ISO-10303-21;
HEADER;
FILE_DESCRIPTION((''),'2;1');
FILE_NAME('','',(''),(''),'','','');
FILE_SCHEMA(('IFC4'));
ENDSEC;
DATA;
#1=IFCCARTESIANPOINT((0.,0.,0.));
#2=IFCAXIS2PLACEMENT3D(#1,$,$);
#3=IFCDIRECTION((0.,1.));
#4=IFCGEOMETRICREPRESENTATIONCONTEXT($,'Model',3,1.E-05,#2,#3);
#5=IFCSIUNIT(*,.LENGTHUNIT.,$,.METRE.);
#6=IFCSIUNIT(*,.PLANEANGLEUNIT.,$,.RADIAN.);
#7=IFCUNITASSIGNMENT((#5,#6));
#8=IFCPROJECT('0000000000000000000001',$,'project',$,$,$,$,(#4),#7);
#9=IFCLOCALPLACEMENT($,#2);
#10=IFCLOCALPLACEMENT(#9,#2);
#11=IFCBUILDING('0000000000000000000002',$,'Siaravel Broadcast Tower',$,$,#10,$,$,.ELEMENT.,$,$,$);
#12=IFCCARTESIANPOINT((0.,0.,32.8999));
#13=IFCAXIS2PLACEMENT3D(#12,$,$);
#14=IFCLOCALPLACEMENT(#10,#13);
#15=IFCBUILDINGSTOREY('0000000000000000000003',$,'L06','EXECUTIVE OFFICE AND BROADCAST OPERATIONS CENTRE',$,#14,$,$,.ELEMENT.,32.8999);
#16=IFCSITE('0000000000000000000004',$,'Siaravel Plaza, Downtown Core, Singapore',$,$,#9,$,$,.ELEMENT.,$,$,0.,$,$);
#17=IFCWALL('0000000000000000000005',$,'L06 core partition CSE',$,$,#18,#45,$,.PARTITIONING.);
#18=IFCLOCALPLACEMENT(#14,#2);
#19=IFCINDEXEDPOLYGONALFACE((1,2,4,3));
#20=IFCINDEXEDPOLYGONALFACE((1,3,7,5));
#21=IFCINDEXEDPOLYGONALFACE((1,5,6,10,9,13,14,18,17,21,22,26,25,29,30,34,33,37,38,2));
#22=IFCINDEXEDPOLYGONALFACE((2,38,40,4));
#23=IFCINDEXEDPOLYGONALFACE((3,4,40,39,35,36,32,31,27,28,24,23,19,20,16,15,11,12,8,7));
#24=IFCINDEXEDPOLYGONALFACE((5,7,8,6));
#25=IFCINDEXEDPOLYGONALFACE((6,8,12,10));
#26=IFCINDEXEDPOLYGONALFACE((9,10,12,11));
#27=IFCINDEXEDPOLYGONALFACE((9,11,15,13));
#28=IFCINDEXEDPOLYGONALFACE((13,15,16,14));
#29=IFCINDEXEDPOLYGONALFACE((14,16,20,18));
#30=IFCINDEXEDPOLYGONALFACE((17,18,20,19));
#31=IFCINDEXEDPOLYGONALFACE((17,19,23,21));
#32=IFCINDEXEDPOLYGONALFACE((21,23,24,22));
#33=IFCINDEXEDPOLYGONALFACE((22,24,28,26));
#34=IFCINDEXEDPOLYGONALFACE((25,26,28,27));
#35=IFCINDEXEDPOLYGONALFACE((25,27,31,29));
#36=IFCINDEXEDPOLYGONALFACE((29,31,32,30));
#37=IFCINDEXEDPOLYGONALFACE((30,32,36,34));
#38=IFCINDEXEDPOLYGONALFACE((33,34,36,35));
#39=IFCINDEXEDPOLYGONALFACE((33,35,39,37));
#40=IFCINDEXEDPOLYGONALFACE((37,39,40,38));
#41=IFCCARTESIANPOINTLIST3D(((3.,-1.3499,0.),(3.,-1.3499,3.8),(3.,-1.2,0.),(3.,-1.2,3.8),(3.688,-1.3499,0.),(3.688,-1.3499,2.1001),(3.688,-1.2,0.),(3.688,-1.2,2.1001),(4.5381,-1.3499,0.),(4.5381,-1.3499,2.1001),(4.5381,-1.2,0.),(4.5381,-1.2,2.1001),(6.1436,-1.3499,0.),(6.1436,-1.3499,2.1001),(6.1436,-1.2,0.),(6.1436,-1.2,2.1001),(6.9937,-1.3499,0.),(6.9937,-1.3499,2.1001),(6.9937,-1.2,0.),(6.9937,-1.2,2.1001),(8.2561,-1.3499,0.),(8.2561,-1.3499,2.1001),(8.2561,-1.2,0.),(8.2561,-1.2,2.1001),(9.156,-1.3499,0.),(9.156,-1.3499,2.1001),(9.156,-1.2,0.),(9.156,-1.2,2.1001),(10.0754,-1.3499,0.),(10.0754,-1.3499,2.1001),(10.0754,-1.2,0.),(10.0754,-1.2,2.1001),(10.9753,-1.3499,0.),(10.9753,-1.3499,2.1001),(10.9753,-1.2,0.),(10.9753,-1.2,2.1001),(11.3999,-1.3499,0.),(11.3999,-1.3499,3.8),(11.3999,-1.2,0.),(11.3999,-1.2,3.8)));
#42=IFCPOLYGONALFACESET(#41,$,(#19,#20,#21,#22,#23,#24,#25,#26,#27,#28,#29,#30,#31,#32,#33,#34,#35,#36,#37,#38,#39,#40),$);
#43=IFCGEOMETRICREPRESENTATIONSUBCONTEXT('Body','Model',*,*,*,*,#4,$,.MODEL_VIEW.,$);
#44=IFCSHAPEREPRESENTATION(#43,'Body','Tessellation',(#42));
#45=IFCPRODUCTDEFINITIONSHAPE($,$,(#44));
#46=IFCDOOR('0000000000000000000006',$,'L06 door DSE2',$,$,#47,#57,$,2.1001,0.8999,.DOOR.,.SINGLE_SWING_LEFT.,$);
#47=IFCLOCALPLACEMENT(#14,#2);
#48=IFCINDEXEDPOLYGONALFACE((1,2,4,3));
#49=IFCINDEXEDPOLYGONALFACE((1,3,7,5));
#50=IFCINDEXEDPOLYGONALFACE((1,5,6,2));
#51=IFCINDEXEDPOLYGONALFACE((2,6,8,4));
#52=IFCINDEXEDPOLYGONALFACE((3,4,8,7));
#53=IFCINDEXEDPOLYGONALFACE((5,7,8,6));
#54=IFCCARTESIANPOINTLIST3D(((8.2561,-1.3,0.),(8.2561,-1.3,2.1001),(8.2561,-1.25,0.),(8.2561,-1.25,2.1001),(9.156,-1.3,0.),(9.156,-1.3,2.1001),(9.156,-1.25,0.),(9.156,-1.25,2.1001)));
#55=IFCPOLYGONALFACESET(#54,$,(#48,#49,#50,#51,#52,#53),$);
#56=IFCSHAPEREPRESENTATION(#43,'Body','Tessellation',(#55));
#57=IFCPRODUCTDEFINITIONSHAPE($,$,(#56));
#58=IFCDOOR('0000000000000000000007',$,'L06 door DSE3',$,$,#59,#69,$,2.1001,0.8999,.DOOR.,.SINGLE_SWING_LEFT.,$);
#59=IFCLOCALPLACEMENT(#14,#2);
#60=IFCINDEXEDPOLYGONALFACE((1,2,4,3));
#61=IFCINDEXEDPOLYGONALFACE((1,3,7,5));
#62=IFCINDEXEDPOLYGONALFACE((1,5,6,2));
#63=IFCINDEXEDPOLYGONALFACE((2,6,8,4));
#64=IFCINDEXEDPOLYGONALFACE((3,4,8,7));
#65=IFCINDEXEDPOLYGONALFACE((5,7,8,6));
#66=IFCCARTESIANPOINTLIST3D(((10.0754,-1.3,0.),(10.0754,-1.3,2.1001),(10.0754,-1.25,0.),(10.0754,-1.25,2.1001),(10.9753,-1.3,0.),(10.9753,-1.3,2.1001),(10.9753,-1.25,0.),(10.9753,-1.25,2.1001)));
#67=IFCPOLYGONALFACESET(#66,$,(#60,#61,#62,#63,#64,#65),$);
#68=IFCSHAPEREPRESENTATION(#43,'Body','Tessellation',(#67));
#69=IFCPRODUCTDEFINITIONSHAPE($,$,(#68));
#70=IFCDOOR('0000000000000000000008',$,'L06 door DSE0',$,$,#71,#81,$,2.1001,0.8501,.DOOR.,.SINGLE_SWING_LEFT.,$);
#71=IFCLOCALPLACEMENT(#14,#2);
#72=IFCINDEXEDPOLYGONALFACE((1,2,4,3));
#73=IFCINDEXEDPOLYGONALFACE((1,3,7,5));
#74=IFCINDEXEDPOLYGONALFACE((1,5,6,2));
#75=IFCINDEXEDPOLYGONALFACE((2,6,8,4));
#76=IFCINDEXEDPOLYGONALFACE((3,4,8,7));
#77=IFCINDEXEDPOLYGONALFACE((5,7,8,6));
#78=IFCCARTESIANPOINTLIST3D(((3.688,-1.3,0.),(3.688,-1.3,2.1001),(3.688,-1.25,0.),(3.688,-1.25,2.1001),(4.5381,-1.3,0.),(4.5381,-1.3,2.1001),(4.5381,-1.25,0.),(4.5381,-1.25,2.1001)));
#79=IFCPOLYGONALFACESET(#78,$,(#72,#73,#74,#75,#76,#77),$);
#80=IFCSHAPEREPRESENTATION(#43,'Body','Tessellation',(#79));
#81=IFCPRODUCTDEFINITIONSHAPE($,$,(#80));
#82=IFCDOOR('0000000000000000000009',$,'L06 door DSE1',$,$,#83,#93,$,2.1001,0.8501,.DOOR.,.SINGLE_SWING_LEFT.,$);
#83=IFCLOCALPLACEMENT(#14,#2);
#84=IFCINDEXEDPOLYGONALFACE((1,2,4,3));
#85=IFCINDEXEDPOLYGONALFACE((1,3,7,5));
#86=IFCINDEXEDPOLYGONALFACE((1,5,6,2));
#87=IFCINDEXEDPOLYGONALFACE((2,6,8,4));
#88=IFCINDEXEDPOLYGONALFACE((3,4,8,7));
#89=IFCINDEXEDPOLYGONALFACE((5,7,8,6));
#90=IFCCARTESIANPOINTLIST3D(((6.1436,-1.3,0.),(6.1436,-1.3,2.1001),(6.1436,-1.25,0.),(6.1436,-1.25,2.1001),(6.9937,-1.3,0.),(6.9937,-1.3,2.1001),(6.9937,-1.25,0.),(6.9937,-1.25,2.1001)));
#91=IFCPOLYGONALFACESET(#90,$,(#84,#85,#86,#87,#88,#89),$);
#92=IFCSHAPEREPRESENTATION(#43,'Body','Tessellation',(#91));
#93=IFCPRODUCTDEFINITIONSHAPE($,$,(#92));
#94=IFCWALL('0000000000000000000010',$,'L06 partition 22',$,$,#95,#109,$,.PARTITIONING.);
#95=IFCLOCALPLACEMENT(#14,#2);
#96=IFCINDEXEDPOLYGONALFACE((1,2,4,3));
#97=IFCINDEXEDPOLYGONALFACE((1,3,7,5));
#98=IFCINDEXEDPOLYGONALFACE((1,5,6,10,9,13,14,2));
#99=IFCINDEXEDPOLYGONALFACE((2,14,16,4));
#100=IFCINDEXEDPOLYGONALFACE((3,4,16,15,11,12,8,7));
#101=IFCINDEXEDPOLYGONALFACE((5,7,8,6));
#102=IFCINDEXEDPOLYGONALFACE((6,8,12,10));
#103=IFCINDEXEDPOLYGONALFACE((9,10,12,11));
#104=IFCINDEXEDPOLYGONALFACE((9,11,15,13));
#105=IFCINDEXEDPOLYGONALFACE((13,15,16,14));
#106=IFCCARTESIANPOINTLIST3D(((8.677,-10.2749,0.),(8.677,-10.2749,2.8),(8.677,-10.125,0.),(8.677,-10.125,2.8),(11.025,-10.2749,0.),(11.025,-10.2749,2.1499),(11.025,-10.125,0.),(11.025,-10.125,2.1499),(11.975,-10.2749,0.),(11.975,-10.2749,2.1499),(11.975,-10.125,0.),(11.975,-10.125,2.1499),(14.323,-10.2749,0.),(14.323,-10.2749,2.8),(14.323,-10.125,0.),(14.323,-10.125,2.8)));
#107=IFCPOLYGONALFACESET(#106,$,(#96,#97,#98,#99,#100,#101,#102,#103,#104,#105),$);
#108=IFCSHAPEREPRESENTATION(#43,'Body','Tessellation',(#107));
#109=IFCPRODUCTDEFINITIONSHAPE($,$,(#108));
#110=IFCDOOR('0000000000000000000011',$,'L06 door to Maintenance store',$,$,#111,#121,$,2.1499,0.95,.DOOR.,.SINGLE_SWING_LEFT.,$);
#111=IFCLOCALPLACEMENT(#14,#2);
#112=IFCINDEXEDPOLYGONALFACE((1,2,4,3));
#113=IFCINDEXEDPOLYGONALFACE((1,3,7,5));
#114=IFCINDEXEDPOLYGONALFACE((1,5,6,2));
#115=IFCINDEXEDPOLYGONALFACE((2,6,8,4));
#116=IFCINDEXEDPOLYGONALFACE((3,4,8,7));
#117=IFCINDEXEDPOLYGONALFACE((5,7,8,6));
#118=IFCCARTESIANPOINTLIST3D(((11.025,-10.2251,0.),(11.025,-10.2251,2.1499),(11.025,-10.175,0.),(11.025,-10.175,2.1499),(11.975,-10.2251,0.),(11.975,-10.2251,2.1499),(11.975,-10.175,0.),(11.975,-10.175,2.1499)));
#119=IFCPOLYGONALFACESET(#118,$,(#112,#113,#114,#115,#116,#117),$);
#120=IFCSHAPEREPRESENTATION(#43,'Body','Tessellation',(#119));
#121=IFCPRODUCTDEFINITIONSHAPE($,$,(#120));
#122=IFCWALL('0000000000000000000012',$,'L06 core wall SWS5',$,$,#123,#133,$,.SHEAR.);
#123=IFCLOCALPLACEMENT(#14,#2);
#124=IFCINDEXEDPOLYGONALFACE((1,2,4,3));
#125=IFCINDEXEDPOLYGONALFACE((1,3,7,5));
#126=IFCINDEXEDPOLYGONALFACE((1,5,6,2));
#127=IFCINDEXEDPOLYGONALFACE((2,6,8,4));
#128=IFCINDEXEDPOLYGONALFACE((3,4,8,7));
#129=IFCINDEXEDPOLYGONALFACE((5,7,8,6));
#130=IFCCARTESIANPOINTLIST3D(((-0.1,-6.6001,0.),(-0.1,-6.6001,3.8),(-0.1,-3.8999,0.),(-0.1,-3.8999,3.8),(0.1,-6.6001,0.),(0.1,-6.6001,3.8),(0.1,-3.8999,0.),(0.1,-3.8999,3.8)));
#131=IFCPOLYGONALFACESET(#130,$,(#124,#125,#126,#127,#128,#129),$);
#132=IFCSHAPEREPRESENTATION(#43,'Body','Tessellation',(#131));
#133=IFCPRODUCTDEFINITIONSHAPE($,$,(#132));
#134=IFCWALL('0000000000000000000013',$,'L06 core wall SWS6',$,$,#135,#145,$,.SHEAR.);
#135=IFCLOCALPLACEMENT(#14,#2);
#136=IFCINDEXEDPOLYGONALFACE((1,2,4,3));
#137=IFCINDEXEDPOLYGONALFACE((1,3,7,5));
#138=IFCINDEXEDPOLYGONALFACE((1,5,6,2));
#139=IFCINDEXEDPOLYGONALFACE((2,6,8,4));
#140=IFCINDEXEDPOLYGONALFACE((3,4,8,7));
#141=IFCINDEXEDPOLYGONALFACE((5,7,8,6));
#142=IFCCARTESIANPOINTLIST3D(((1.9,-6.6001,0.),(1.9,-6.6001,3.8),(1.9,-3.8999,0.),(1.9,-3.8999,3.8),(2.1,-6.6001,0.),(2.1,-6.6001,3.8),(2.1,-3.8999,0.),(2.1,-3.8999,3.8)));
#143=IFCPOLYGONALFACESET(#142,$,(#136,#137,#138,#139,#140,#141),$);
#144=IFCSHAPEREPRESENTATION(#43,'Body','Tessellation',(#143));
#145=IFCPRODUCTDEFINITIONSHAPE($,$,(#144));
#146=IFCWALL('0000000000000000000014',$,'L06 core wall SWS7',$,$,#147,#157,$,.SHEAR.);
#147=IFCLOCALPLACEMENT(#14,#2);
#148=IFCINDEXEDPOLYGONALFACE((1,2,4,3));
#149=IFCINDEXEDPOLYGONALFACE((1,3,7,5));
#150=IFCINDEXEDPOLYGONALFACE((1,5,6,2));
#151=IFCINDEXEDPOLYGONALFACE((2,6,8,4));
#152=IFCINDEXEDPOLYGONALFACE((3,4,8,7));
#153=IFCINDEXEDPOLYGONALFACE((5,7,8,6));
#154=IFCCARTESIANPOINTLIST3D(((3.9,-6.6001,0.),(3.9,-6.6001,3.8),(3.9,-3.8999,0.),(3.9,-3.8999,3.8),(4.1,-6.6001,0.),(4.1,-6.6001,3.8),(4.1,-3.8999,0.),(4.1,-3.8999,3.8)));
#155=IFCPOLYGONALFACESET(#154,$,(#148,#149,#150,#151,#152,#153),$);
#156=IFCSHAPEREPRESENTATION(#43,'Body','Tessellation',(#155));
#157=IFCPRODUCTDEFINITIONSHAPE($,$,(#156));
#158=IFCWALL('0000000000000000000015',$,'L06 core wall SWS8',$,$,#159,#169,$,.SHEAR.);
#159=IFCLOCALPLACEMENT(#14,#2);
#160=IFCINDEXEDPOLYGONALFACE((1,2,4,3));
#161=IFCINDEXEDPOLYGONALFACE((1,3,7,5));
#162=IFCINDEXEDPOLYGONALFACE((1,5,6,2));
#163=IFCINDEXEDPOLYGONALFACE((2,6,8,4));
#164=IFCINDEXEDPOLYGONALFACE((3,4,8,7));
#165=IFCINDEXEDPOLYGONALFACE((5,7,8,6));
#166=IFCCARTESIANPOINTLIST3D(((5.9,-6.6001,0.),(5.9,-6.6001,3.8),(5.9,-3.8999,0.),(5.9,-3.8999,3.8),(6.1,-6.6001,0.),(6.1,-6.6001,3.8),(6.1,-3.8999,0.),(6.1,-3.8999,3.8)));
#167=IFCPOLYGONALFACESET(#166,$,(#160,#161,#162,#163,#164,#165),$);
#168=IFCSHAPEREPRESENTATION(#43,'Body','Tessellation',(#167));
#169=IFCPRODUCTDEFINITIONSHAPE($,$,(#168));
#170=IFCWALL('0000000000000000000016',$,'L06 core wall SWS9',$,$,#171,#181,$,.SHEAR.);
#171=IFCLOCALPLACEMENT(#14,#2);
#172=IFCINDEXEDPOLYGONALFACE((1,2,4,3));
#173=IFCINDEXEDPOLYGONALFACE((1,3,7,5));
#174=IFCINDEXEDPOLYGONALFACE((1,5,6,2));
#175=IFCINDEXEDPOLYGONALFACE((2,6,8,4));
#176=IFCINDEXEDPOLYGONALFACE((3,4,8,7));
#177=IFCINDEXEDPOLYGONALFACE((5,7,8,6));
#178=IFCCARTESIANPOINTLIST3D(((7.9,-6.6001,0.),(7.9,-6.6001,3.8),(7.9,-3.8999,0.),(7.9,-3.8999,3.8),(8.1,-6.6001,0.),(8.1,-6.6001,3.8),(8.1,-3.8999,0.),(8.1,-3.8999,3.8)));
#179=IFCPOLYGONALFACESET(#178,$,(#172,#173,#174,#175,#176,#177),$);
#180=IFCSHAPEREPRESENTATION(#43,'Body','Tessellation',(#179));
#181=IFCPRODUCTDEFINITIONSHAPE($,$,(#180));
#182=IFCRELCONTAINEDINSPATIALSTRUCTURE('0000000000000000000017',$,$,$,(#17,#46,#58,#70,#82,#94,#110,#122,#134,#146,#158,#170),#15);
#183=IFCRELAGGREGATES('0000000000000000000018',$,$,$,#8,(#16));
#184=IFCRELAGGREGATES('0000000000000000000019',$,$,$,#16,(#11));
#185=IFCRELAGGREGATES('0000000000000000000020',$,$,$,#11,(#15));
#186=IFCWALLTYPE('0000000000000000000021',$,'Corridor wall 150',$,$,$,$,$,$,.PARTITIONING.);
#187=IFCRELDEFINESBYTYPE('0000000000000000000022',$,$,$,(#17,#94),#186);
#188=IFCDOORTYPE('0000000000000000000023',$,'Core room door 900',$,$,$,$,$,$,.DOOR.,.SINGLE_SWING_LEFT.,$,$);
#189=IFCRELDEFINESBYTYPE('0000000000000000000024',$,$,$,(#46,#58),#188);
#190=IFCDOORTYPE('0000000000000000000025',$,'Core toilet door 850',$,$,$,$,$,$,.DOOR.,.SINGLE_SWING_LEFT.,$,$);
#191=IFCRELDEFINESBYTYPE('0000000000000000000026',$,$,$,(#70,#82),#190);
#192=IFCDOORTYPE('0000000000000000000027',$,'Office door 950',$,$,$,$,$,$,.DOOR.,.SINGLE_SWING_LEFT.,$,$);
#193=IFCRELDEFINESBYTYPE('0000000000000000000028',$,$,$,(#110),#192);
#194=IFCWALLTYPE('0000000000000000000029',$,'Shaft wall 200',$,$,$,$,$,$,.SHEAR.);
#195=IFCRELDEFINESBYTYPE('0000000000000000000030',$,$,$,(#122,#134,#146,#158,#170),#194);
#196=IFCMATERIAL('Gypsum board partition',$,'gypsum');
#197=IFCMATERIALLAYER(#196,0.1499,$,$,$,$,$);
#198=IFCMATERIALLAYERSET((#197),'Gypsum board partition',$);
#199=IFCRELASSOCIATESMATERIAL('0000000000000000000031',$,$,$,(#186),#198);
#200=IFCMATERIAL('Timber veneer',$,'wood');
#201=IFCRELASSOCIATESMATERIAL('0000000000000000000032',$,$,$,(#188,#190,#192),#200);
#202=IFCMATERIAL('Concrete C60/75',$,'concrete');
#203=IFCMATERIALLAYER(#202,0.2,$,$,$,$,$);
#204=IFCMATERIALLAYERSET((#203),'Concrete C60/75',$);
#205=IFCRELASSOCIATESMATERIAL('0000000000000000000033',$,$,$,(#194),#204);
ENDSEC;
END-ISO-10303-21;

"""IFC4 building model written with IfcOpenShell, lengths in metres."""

from ifc_helpers import new_model, si_unit, direction, frame, frame_2d, origin, place, context, subcontext, project, spatial, rectangle, extrude, material, layer, layer_set, type_object, element, fill, save


model = new_model("IFC4")

# Units and contexts
model_context = context("Model", 3, precision=1e-05, world=origin(), true_north=direction((0.0, 1.0)))
body_context = subcontext(model_context, "Body", "Model", "MODEL_VIEW")
ifc_project = project(units=[si_unit("LENGTHUNIT", "METRE"), si_unit("PLANEANGLEUNIT", "RADIAN")], contexts=[model_context])

# Site, building, storey
site_placement = place(None, origin())
site = spatial("IfcSite", under=ifc_project, at=site_placement, Name="Siaravel Plaza, Downtown Core, Singapore", CompositionType="ELEMENT", RefElevation=0.0)
building_placement = place(site_placement, origin())
building = spatial("IfcBuilding", under=site, at=building_placement, Name="Siaravel Broadcast Tower", CompositionType="ELEMENT")
storey_placement = place(building_placement, frame((0.0, 0.0, 32.8999)))
storey = spatial("IfcBuildingStorey", under=building, at=storey_placement, Name="L06", Description="EXECUTIVE OFFICE AND BROADCAST OPERATIONS CENTRE", CompositionType="ELEMENT", Elevation=32.8999)

# Shared definitions
ifc_material_1 = material(Name="Concrete C60/75", Category="concrete")

# Wall, openings, doors
ifc_material_2 = material(Name="Gypsum board partition", Category="gypsum")
ifc_layer_1 = layer(ifc_material_2, 0.1499)
ifc_layer_set_1 = layer_set([ifc_layer_1], Name="Gypsum board partition")
wall_type_1 = type_object("IfcWallType", Name="Corridor wall 150", PredefinedType="PARTITIONING", material=ifc_layer_set_1)
wall_1_placement = place(storey_placement, frame((3.0, -1.2749, 0.0), z_axis=(0.0, 0.0, 1.0), x_axis=(1.0, 0.0, 0.0)))
wall_1 = element("IfcWall", 1, at=wall_1_placement, inside=storey, type_object=wall_type_1, Name="L06 core partition CSE", PredefinedType="PARTITIONING", context=body_context, shape_type="SweptSolid", body=[
    extrude(rectangle(XDim=8.3999, YDim=0.1499, at=frame_2d((4.2, 0.0))), origin(), (0.0, 0.0, 1.0), 3.8),
])
opening_1_placement = place(wall_1_placement, frame((0.688, 0.0, 0.0)))
opening_1 = element("IfcOpeningElement", 2, at=opening_1_placement, cuts=wall_1, PredefinedType="OPENING", context=body_context, shape_type="SweptSolid", body=[
    extrude(rectangle(XDim=0.8501, YDim=2.1001, at=frame_2d((0.425, 1.05))), frame((0.0, 0.085, 0.0), z_axis=(0.0, -1.0, 0.0), x_axis=(1.0, 0.0, 0.0)), (0.0, 0.0, 1.0), 0.1699),
])
opening_2_placement = place(wall_1_placement, frame((3.1436, 0.0, 0.0)))
opening_2 = element("IfcOpeningElement", 3, at=opening_2_placement, cuts=wall_1, PredefinedType="OPENING", context=body_context, shape_type="SweptSolid", body=[
    extrude(rectangle(XDim=0.8501, YDim=2.1001, at=frame_2d((0.425, 1.05))), frame((0.0, 0.085, 0.0), z_axis=(0.0, -1.0, 0.0), x_axis=(1.0, 0.0, 0.0)), (0.0, 0.0, 1.0), 0.1699),
])
opening_3_placement = place(wall_1_placement, frame((5.2561, 0.0, 0.0)))
opening_3 = element("IfcOpeningElement", 4, at=opening_3_placement, cuts=wall_1, PredefinedType="OPENING", context=body_context, shape_type="SweptSolid", body=[
    extrude(rectangle(XDim=0.8999, YDim=2.1001, at=frame_2d((0.45, 1.05))), frame((0.0, 0.085, 0.0), z_axis=(0.0, -1.0, 0.0), x_axis=(1.0, 0.0, 0.0)), (0.0, 0.0, 1.0), 0.1699),
])
opening_4_placement = place(wall_1_placement, frame((7.0754, 0.0, 0.0)))
opening_4 = element("IfcOpeningElement", 5, at=opening_4_placement, cuts=wall_1, PredefinedType="OPENING", context=body_context, shape_type="SweptSolid", body=[
    extrude(rectangle(XDim=0.8999, YDim=2.1001, at=frame_2d((0.45, 1.05))), frame((0.0, 0.085, 0.0), z_axis=(0.0, -1.0, 0.0), x_axis=(1.0, 0.0, 0.0)), (0.0, 0.0, 1.0), 0.1699),
])
ifc_material_3 = material(Name="Timber veneer", Category="wood")
door_type_1 = type_object("IfcDoorType", Name="Core room door 900", OperationType="SINGLE_SWING_LEFT", PredefinedType="DOOR", material=ifc_material_3)
door_1_placement = place(opening_3_placement, origin())
door_1 = element("IfcDoor", 6, at=door_1_placement, inside=storey, type_object=door_type_1, Name="L06 door DSE2", OperationType="SINGLE_SWING_LEFT", OverallHeight=2.1001, OverallWidth=0.8999, PredefinedType="DOOR", context=body_context, shape_type="SweptSolid", body=[
    extrude(rectangle(XDim=0.8999, YDim=2.1001, at=frame_2d((0.45, 1.05))), frame((0.0, 0.0249, 0.0), z_axis=(0.0, -1.0, 0.0), x_axis=(1.0, 0.0, 0.0)), (0.0, 0.0, 1.0), 0.05),
])
fill(opening_3, door_1)
door_2_placement = place(opening_4_placement, origin())
door_2 = element("IfcDoor", 7, at=door_2_placement, inside=storey, type_object=door_type_1, Name="L06 door DSE3", OperationType="SINGLE_SWING_LEFT", OverallHeight=2.1001, OverallWidth=0.8999, PredefinedType="DOOR", context=body_context, shape_type="SweptSolid", body=[
    extrude(rectangle(XDim=0.8999, YDim=2.1001, at=frame_2d((0.45, 1.05))), frame((0.0, 0.0249, 0.0), z_axis=(0.0, -1.0, 0.0), x_axis=(1.0, 0.0, 0.0)), (0.0, 0.0, 1.0), 0.05),
])
fill(opening_4, door_2)
door_type_2 = type_object("IfcDoorType", Name="Core toilet door 850", OperationType="SINGLE_SWING_LEFT", PredefinedType="DOOR", material=ifc_material_3)
door_3_placement = place(opening_1_placement, origin())
door_3 = element("IfcDoor", 8, at=door_3_placement, inside=storey, type_object=door_type_2, Name="L06 door DSE0", OperationType="SINGLE_SWING_LEFT", OverallHeight=2.1001, OverallWidth=0.8501, PredefinedType="DOOR", context=body_context, shape_type="SweptSolid", body=[
    extrude(rectangle(XDim=0.8501, YDim=2.1001, at=frame_2d((0.425, 1.05))), frame((0.0, 0.0249, 0.0), z_axis=(0.0, -1.0, 0.0), x_axis=(1.0, 0.0, 0.0)), (0.0, 0.0, 1.0), 0.05),
])
fill(opening_1, door_3)
door_4_placement = place(opening_2_placement, origin())
door_4 = element("IfcDoor", 9, at=door_4_placement, inside=storey, type_object=door_type_2, Name="L06 door DSE1", OperationType="SINGLE_SWING_LEFT", OverallHeight=2.1001, OverallWidth=0.8501, PredefinedType="DOOR", context=body_context, shape_type="SweptSolid", body=[
    extrude(rectangle(XDim=0.8501, YDim=2.1001, at=frame_2d((0.425, 1.05))), frame((0.0, 0.0249, 0.0), z_axis=(0.0, -1.0, 0.0), x_axis=(1.0, 0.0, 0.0)), (0.0, 0.0, 1.0), 0.05),
])
fill(opening_2, door_4)

# Wall, opening, door
wall_2_placement = place(storey_placement, frame((8.677, -10.2, 0.0), z_axis=(0.0, 0.0, 1.0), x_axis=(1.0, 0.0, 0.0)))
wall_2 = element("IfcWall", 10, at=wall_2_placement, inside=storey, type_object=wall_type_1, Name="L06 partition 22", PredefinedType="PARTITIONING", context=body_context, shape_type="SweptSolid", body=[
    extrude(rectangle(XDim=5.646, YDim=0.1499, at=frame_2d((2.823, 0.0))), origin(), (0.0, 0.0, 1.0), 2.8),
])
opening_5_placement = place(wall_2_placement, frame((2.3479, 0.0, 0.0)))
opening_5 = element("IfcOpeningElement", 11, at=opening_5_placement, cuts=wall_2, PredefinedType="OPENING", context=body_context, shape_type="SweptSolid", body=[
    extrude(rectangle(XDim=0.95, YDim=2.1499, at=frame_2d((0.4751, 1.075))), frame((0.0, 0.085, 0.0), z_axis=(0.0, -1.0, 0.0), x_axis=(1.0, 0.0, 0.0)), (0.0, 0.0, 1.0), 0.1699),
])
door_type_3 = type_object("IfcDoorType", Name="Office door 950", OperationType="SINGLE_SWING_LEFT", PredefinedType="DOOR", material=ifc_material_3)
door_5_placement = place(opening_5_placement, origin())
door_5 = element("IfcDoor", 12, at=door_5_placement, inside=storey, type_object=door_type_3, Name="L06 door to Maintenance store", OperationType="SINGLE_SWING_LEFT", OverallHeight=2.1499, OverallWidth=0.95, PredefinedType="DOOR", context=body_context, shape_type="SweptSolid", body=[
    extrude(rectangle(XDim=0.95, YDim=2.1499, at=frame_2d((0.4751, 1.075))), frame((0.0, 0.0249, 0.0), z_axis=(0.0, -1.0, 0.0), x_axis=(1.0, 0.0, 0.0)), (0.0, 0.0, 1.0), 0.05),
])
fill(opening_5, door_5)

# Walls
ifc_layer_2 = layer(ifc_material_1, 0.2)
ifc_layer_set_2 = layer_set([ifc_layer_2], Name="Concrete C60/75")
wall_type_2 = type_object("IfcWallType", Name="Shaft wall 200", PredefinedType="SHEAR", material=ifc_layer_set_2)
for number, where, z_axis, x_axis, name in (
    (13, (0.0, -6.6001, 0.0), (0.0, 0.0, 1.0), (0.0, 1.0, 0.0), "L06 core wall SWS5"),
    (14, (2.0, -6.6001, 0.0), (0.0, 0.0, 1.0), (0.0, 1.0, 0.0), "L06 core wall SWS6"),
    (15, (4.0, -6.6001, 0.0), (0.0, 0.0, 1.0), (0.0, 1.0, 0.0), "L06 core wall SWS7"),
    (16, (6.0, -6.6001, 0.0), (0.0, 0.0, 1.0), (0.0, 1.0, 0.0), "L06 core wall SWS8"),
    (17, (8.0, -6.6001, 0.0), (0.0, 0.0, 1.0), (0.0, 1.0, 0.0), "L06 core wall SWS9"),
):
    element("IfcWall", number, at=place(storey_placement, frame(where, z_axis=z_axis, x_axis=x_axis)), inside=storey, type_object=wall_type_2, Name=name, PredefinedType="SHEAR", context=body_context, shape_type="SweptSolid", body=[
        extrude(rectangle(XDim=2.7002, YDim=0.2, at=frame_2d((1.3501, 0.0))), origin(), (0.0, 0.0, 1.0), 3.8),
    ])

save(model, "model.ifc")
